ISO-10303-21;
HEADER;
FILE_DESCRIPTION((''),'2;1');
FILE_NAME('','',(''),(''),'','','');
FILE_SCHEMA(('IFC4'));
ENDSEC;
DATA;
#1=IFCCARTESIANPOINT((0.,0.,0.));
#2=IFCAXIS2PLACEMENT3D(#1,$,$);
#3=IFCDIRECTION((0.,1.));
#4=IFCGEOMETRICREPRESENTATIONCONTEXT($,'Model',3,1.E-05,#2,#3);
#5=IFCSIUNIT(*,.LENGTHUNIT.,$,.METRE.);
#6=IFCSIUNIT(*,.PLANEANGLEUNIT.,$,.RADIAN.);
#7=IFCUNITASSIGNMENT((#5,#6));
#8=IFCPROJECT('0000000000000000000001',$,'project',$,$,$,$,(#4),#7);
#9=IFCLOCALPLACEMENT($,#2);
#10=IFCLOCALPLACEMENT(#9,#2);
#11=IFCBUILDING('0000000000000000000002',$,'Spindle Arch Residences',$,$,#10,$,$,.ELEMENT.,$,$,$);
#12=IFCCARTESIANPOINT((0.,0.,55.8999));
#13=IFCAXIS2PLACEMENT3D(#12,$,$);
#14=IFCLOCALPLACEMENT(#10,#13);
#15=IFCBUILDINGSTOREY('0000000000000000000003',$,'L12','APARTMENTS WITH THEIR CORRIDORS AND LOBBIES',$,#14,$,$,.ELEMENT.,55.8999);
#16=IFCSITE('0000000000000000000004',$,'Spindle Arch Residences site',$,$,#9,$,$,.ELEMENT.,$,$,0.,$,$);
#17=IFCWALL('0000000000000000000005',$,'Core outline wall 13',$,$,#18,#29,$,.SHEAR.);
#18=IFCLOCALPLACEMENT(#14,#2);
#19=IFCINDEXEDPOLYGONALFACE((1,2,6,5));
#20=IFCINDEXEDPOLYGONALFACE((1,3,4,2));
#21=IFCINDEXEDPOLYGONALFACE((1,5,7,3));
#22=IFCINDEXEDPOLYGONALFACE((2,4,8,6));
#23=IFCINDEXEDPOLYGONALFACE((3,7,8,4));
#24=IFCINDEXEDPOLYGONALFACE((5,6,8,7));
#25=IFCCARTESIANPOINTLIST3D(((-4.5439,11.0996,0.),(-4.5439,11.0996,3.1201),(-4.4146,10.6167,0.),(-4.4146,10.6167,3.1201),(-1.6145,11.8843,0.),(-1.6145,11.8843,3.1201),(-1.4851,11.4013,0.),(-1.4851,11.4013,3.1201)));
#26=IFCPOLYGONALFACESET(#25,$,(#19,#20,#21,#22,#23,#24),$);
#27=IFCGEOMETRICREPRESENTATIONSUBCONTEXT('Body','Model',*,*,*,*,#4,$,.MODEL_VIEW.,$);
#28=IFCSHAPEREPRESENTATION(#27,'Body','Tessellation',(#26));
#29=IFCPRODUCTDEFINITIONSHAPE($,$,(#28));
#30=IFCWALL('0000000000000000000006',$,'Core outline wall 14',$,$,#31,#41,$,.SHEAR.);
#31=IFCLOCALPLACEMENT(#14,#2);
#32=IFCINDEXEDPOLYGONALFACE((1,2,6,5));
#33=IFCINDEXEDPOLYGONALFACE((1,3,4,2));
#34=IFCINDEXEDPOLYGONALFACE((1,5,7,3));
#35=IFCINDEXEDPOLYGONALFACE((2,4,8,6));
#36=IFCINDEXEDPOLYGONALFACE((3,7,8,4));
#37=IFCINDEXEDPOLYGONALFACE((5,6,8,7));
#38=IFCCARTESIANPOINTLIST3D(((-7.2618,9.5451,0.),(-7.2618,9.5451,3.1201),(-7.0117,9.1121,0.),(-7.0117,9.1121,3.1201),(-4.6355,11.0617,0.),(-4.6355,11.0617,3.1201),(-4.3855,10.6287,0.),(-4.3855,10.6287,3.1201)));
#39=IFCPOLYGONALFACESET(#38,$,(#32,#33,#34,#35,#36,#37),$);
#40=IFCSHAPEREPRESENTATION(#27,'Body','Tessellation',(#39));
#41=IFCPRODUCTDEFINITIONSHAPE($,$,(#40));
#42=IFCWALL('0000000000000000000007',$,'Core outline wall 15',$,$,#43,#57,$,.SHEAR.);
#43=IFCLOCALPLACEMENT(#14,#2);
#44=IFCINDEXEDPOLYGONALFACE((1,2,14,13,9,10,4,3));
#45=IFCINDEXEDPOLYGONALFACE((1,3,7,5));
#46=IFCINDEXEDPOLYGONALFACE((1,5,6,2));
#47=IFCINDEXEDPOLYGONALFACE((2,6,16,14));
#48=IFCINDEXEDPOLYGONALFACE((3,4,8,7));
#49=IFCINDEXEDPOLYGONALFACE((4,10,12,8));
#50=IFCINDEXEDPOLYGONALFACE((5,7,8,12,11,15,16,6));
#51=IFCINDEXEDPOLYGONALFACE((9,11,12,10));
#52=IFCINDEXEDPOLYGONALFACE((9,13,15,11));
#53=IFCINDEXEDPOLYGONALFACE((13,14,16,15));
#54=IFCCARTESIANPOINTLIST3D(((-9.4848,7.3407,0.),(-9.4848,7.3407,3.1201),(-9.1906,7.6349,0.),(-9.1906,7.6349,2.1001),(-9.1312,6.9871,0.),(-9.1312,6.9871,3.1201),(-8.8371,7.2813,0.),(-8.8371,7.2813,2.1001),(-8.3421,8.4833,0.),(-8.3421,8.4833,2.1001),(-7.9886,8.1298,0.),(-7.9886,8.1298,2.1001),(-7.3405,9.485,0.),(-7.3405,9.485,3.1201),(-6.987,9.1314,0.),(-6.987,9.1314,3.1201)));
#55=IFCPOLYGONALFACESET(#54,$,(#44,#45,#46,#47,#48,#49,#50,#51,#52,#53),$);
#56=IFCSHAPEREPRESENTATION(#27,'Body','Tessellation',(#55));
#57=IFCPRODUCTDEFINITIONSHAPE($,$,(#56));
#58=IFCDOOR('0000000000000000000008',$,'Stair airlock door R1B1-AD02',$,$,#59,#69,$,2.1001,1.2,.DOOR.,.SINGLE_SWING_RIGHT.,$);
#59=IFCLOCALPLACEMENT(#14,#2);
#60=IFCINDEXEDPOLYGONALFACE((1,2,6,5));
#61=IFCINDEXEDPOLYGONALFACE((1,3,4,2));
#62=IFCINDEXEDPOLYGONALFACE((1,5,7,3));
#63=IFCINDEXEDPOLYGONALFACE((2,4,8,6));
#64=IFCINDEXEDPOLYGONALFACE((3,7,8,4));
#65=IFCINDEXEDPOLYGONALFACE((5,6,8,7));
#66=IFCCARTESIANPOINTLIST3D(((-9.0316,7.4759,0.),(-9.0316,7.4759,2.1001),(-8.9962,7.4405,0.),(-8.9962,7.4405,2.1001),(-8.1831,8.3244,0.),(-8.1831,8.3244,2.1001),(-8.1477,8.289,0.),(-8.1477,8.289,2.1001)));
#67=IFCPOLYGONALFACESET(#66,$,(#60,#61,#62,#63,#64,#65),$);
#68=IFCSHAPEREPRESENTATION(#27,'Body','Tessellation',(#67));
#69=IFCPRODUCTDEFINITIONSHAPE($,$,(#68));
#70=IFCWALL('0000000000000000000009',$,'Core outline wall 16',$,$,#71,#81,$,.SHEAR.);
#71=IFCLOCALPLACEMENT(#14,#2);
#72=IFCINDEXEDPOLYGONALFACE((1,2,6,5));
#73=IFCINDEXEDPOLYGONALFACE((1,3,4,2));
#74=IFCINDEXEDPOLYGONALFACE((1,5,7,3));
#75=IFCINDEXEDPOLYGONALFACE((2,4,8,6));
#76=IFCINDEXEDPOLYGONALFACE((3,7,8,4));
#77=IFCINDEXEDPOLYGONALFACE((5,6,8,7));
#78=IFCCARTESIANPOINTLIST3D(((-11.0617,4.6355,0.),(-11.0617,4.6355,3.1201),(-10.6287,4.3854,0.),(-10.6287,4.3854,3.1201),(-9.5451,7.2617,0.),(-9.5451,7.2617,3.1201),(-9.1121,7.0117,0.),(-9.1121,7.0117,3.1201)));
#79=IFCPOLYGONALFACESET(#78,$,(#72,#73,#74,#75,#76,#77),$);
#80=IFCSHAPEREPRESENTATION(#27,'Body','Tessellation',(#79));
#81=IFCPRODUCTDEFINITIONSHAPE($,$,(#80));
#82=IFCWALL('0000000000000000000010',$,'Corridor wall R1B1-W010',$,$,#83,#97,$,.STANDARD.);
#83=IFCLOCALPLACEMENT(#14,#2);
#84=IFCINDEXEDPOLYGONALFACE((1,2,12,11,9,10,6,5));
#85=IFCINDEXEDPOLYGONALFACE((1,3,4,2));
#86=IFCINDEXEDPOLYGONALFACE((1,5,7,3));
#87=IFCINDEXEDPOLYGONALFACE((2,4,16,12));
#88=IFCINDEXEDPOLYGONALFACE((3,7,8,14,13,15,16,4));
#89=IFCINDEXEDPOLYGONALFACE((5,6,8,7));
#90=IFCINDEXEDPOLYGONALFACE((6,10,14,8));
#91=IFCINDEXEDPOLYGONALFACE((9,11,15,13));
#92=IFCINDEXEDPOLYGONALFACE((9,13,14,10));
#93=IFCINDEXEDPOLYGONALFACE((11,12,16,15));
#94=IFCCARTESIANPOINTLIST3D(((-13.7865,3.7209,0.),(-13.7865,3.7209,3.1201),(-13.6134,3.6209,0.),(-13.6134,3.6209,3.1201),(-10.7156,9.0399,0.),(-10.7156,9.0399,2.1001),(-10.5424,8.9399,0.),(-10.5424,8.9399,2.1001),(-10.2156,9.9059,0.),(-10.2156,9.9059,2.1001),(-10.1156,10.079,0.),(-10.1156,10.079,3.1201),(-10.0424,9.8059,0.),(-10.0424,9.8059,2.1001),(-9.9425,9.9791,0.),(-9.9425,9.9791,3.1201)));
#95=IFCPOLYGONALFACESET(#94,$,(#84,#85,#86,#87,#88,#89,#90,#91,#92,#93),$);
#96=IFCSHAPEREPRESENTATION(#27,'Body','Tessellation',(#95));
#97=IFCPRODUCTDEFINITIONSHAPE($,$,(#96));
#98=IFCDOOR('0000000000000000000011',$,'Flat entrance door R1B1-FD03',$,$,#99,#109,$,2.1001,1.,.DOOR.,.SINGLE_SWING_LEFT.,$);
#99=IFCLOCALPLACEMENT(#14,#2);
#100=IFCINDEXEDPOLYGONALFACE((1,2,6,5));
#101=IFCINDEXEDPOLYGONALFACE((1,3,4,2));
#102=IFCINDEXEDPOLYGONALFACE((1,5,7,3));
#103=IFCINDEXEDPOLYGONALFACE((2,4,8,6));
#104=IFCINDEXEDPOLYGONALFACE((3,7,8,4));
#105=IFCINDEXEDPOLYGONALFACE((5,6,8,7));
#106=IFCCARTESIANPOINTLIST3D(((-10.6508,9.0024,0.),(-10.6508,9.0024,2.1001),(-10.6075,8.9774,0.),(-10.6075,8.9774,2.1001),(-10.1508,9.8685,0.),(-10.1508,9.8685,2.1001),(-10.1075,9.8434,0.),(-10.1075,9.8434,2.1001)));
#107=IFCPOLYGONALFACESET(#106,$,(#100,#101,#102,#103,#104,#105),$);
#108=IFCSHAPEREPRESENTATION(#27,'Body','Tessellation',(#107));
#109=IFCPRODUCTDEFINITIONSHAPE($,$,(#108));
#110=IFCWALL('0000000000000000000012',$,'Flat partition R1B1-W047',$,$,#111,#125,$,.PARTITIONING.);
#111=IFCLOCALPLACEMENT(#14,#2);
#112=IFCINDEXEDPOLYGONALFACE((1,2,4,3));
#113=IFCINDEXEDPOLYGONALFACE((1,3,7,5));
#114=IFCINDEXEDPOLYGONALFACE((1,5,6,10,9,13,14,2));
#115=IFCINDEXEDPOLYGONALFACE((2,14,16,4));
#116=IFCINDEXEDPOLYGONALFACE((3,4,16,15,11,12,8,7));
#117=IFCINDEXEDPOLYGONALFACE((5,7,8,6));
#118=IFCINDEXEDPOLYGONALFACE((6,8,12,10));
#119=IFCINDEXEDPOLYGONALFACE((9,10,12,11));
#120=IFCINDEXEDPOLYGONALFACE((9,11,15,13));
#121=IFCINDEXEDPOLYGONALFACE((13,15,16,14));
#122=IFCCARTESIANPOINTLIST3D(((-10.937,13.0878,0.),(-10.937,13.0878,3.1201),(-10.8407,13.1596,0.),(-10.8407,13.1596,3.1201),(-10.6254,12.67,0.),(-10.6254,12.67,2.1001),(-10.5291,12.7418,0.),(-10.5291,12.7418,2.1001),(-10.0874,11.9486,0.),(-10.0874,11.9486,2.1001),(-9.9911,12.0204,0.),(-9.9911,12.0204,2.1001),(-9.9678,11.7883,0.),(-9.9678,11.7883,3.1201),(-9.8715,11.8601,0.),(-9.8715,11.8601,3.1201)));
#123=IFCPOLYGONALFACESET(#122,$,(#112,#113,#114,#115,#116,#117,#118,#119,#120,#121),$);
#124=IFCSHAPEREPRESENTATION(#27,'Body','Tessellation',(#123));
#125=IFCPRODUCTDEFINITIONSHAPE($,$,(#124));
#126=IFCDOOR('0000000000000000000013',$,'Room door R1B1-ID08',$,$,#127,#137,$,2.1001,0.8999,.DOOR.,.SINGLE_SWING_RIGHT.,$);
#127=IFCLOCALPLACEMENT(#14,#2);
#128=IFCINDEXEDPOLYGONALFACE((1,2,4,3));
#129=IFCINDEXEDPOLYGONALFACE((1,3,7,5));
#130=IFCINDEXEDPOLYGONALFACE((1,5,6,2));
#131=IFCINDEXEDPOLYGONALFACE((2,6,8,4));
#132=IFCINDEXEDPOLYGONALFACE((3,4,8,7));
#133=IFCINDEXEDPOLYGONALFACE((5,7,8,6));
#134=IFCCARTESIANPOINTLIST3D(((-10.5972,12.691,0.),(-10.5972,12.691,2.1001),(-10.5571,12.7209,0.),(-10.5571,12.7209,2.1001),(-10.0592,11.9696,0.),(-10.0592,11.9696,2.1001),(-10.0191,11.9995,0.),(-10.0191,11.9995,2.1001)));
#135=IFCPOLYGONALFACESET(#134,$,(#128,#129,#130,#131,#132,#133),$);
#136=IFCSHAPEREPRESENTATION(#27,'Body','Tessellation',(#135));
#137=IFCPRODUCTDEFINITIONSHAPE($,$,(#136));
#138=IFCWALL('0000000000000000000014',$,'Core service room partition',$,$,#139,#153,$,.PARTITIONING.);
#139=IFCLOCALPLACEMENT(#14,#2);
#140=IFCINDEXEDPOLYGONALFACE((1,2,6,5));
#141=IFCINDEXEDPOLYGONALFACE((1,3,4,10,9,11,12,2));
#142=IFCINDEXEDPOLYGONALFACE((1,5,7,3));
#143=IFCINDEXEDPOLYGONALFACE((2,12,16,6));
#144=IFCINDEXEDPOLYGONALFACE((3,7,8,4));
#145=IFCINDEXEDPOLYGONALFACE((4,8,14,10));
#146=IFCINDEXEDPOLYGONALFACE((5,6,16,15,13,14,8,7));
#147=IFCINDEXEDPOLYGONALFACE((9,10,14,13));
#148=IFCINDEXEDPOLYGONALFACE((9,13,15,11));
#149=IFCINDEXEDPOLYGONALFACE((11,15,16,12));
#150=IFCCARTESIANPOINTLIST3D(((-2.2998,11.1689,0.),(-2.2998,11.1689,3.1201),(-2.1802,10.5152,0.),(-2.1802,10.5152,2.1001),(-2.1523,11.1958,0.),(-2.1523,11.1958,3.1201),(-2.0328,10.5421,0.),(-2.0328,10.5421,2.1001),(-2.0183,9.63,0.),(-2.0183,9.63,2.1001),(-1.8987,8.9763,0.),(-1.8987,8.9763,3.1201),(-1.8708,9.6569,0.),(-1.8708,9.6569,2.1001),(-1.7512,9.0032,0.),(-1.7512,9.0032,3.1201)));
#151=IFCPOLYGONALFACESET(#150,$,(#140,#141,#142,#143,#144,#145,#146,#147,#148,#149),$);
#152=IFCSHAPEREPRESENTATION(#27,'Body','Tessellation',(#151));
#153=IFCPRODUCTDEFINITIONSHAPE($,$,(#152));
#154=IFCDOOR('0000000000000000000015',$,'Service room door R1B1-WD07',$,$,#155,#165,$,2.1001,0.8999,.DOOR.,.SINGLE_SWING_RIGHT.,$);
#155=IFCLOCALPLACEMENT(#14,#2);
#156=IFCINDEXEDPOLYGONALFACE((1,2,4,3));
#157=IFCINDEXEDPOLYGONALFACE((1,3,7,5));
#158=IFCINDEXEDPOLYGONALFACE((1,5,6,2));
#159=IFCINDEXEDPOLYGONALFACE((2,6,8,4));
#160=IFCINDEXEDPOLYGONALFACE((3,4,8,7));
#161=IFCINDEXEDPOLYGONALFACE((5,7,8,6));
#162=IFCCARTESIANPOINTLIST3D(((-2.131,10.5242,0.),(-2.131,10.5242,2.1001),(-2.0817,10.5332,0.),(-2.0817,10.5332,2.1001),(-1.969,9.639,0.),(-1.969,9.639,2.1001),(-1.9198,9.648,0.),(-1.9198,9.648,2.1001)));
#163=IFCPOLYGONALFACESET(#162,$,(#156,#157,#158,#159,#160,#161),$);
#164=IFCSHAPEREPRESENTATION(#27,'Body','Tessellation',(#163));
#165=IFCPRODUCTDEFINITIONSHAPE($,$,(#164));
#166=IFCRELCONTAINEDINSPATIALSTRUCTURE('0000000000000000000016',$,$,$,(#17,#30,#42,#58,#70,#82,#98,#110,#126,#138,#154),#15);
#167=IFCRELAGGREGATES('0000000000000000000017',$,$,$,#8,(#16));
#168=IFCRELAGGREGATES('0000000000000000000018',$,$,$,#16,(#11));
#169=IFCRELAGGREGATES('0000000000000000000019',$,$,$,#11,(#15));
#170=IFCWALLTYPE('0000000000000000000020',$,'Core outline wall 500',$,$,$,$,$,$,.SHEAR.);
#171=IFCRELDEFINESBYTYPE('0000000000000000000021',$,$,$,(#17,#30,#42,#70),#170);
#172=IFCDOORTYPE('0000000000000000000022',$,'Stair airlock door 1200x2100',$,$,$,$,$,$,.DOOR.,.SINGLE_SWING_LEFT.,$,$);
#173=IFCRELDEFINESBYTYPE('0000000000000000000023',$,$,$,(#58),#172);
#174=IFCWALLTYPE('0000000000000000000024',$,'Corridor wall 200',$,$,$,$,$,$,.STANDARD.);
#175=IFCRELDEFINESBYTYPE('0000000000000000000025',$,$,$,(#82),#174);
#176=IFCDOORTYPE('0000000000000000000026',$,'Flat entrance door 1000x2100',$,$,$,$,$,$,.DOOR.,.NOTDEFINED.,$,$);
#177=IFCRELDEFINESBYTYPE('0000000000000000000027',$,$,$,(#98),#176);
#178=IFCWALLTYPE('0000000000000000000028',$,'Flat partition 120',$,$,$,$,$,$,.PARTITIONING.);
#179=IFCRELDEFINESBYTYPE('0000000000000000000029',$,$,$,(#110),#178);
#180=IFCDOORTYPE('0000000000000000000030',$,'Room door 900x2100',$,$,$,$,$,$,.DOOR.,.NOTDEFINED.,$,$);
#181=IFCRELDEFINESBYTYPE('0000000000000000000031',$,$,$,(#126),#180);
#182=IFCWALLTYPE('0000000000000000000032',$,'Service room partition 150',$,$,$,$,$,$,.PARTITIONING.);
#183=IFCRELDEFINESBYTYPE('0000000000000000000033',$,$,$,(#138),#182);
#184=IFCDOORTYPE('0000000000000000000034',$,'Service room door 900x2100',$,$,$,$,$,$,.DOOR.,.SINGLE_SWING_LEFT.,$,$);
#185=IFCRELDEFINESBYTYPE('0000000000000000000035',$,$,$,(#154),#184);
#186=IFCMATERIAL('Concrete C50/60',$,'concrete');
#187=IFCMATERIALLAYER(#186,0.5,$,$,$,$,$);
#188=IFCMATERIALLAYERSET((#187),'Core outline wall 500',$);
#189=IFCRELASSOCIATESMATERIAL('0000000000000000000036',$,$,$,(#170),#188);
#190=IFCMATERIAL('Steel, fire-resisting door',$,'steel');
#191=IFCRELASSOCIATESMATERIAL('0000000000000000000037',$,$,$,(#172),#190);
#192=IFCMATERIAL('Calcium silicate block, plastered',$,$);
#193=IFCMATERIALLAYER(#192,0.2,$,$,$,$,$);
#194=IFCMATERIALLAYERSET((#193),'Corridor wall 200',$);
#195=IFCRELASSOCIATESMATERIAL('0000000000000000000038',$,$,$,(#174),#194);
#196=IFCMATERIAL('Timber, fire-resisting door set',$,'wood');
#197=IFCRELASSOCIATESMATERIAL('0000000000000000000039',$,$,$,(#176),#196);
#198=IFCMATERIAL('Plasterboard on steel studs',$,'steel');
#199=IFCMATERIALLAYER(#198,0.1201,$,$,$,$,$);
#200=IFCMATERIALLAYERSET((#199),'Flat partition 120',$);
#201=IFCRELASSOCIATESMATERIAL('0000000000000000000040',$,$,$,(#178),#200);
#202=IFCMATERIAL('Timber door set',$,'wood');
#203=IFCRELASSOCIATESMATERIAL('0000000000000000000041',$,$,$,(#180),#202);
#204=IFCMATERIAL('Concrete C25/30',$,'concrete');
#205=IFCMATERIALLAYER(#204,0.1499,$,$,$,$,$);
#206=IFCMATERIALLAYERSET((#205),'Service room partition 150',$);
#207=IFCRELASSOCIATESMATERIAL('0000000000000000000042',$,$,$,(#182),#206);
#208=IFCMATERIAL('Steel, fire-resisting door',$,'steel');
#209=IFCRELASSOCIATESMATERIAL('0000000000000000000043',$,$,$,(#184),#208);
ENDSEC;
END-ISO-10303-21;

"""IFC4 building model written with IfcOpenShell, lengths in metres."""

from ifc_helpers import new_model, si_unit, direction, frame, frame_2d, origin, place, context, subcontext, project, spatial, rectangle, extrude, material, layer, layer_set, type_object, element, fill, save


model = new_model("IFC4")

# Units and contexts
model_context = context("Model", 3, precision=1e-05, world=origin(), true_north=direction((0.0, 1.0)))
body_context = subcontext(model_context, "Body", "Model", "MODEL_VIEW")
ifc_project = project(units=[si_unit("LENGTHUNIT", "METRE"), si_unit("PLANEANGLEUNIT", "RADIAN")], contexts=[model_context])

# Site, building, storey
site_placement = place(None, origin())
site = spatial("IfcSite", under=ifc_project, at=site_placement, Name="Spindle Arch Residences site", CompositionType="ELEMENT", RefElevation=0.0)
building_placement = place(site_placement, origin())
building = spatial("IfcBuilding", under=site, at=building_placement, Name="Spindle Arch Residences", CompositionType="ELEMENT")
storey_placement = place(building_placement, frame((0.0, 0.0, 55.8999)))
storey = spatial("IfcBuildingStorey", under=building, at=storey_placement, Name="L12", Description="APARTMENTS WITH THEIR CORRIDORS AND LOBBIES", CompositionType="ELEMENT", Elevation=55.8999)

# Walls
ifc_material_1 = material(Name="Concrete C50/60", Category="concrete")
ifc_layer_1 = layer(ifc_material_1, 0.5)
ifc_layer_set_1 = layer_set([ifc_layer_1], Name="Core outline wall 500")
wall_type_1 = type_object("IfcWallType", Name="Core outline wall 500", PredefinedType="SHEAR", material=ifc_layer_set_1)
for number, where, z_axis, x_axis, name in (
    (1, (-1.5498, 11.6428, 0.0), (0.0, 0.0, 1.0), (-0.965948, -0.258735, 0.0), "Core outline wall 13"),
    (2, (-4.5105, 10.8452, 0.0), (0.0, 0.0, 1.0), (-0.865975, -0.500087, 0.0), "Core outline wall 14"),
):
    element("IfcWall", number, at=place(storey_placement, frame(where, z_axis=z_axis, x_axis=x_axis)), inside=storey, type_object=wall_type_1, Name=name, PredefinedType="SHEAR", context=body_context, shape_type="SweptSolid", body=[
        extrude(rectangle(XDim=3.0327, YDim=0.5, at=frame_2d((1.5164, 0.0))), origin(), (0.0, 0.0, 1.0), 3.1201),
    ])

# Wall, opening, door
wall_1_placement = place(storey_placement, frame((-7.1638, 9.3081, 0.0), z_axis=(0.0, 0.0, 1.0), x_axis=(-0.707107, -0.707107, 0.0)))
wall_1 = element("IfcWall", 3, at=wall_1_placement, inside=storey, type_object=wall_type_1, Name="Core outline wall 15", PredefinedType="SHEAR", context=body_context, shape_type="SweptSolid", body=[
    extrude(rectangle(XDim=3.0325, YDim=0.5, at=frame_2d((1.5161, 0.0))), origin(), (0.0, 0.0, 1.0), 3.1201),
])
opening_1_placement = place(wall_1_placement, frame((1.4163, 0.0, 0.0)))
opening_1 = element("IfcOpeningElement", 4, at=opening_1_placement, cuts=wall_1, PredefinedType="OPENING", context=body_context, shape_type="SweptSolid", body=[
    extrude(rectangle(XDim=1.2, YDim=2.1001, at=frame_2d((0.6001, 1.05))), frame((0.0, 0.26, 0.0), z_axis=(0.0, -1.0, 0.0), x_axis=(1.0, 0.0, 0.0)), (0.0, 0.0, 1.0), 0.52),
])
ifc_material_2 = material(Name="Steel, fire-resisting door", Category="steel")
door_type_1 = type_object("IfcDoorType", Name="Stair airlock door 1200x2100", OperationType="SINGLE_SWING_LEFT", PredefinedType="DOOR", material=ifc_material_2)
door_1_placement = place(opening_1_placement, origin())
door_1 = element("IfcDoor", 5, at=door_1_placement, inside=storey, type_object=door_type_1, Name="Stair airlock door R1B1-AD02", OperationType="SINGLE_SWING_RIGHT", OverallHeight=2.1001, OverallWidth=1.2, PredefinedType="DOOR", context=body_context, shape_type="SweptSolid", body=[
    extrude(rectangle(XDim=1.2, YDim=2.1001, at=frame_2d((0.6001, 1.05))), frame((0.0, 0.0249, 0.0), z_axis=(0.0, -1.0, 0.0), x_axis=(1.0, 0.0, 0.0)), (0.0, 0.0, 1.0), 0.05),
])
fill(opening_1, door_1)

# Wall
wall_2_placement = place(storey_placement, frame((-9.3286, 7.1367, 0.0), z_axis=(0.0, 0.0, 1.0), x_axis=(-0.500087, -0.865975, 0.0)))
element("IfcWall", 6, at=wall_2_placement, inside=storey, type_object=wall_type_1, Name="Core outline wall 16", PredefinedType="SHEAR", context=body_context, shape_type="SweptSolid", body=[
    extrude(rectangle(XDim=3.0327, YDim=0.5, at=frame_2d((1.5164, 0.0))), origin(), (0.0, 0.0, 1.0), 3.1201),
])

# Walls, openings, doors
ifc_material_3 = material(Name="Calcium silicate block, plastered")
ifc_layer_2 = layer(ifc_material_3, 0.2)
ifc_layer_set_2 = layer_set([ifc_layer_2], Name="Corridor wall 200")
wall_type_2 = type_object("IfcWallType", Name="Corridor wall 200", PredefinedType="STANDARD", material=ifc_layer_set_2)
wall_3_placement = place(storey_placement, frame((-10.0291, 10.0291, 0.0), z_axis=(0.0, 0.0, 1.0), x_axis=(-0.500002, -0.866024, 0.0)))
wall_3 = element("IfcWall", 7, at=wall_3_placement, inside=storey, type_object=wall_type_2, Name="Corridor wall R1B1-W010", PredefinedType="STANDARD", context=body_context, shape_type="SweptSolid", body=[
    extrude(rectangle(XDim=7.3418, YDim=0.2, at=frame_2d((3.6709, 0.0))), origin(), (0.0, 0.0, 1.0), 3.1201),
])
opening_2_placement = place(wall_3_placement, frame((0.2, 0.0, 0.0)))
opening_2 = element("IfcOpeningElement", 8, at=opening_2_placement, cuts=wall_3, PredefinedType="OPENING", context=body_context, shape_type="SweptSolid", body=[
    extrude(rectangle(XDim=1.0, YDim=2.1001, at=frame_2d((0.5, 1.05))), frame((0.0, 0.1099, 0.0), z_axis=(0.0, -1.0, 0.0), x_axis=(1.0, 0.0, 0.0)), (0.0, 0.0, 1.0), 0.22),
])
ifc_material_4 = material(Name="Timber, fire-resisting door set", Category="wood")
door_type_2 = type_object("IfcDoorType", Name="Flat entrance door 1000x2100", OperationType="NOTDEFINED", PredefinedType="DOOR", material=ifc_material_4)
door_2_placement = place(opening_2_placement, origin())
door_2 = element("IfcDoor", 9, at=door_2_placement, inside=storey, type_object=door_type_2, Name="Flat entrance door R1B1-FD03", OperationType="SINGLE_SWING_LEFT", OverallHeight=2.1001, OverallWidth=1.0, PredefinedType="DOOR", context=body_context, shape_type="SweptSolid", body=[
    extrude(rectangle(XDim=1.0, YDim=2.1001, at=frame_2d((0.5, 1.05))), frame((0.0, 0.0249, 0.0), z_axis=(0.0, -1.0, 0.0), x_axis=(1.0, 0.0, 0.0)), (0.0, 0.0, 1.0), 0.05),
])
fill(opening_2, door_2)
ifc_material_5 = material(Name="Plasterboard on steel studs", Category="steel")
ifc_layer_3 = layer(ifc_material_5, 0.1201)
ifc_layer_set_3 = layer_set([ifc_layer_3], Name="Flat partition 120")
wall_type_3 = type_object("IfcWallType", Name="Flat partition 120", PredefinedType="PARTITIONING", material=ifc_layer_set_3)
wall_4_placement = place(storey_placement, frame((-9.9197, 11.8242, 0.0), z_axis=(0.0, 0.0, 1.0), x_axis=(-0.597853, 0.801605, 0.0)))
wall_4 = element("IfcWall", 10, at=wall_4_placement, inside=storey, type_object=wall_type_3, Name="Flat partition R1B1-W047", PredefinedType="PARTITIONING", context=body_context, shape_type="SweptSolid", body=[
    extrude(rectangle(XDim=1.6211, YDim=0.1201, at=frame_2d((0.8105, 0.0))), origin(), (0.0, 0.0, 1.0), 3.1201),
])
opening_3_placement = place(wall_4_placement, frame((0.2, 0.0, 0.0)))
opening_3 = element("IfcOpeningElement", 11, at=opening_3_placement, cuts=wall_4, PredefinedType="OPENING", context=body_context, shape_type="SweptSolid", body=[
    extrude(rectangle(XDim=0.8999, YDim=2.1001, at=frame_2d((0.45, 1.05))), frame((0.0, 0.0701, 0.0), z_axis=(0.0, -1.0, 0.0), x_axis=(1.0, 0.0, 0.0)), (0.0, 0.0, 1.0), 0.1401),
])
ifc_material_6 = material(Name="Timber door set", Category="wood")
door_type_3 = type_object("IfcDoorType", Name="Room door 900x2100", OperationType="NOTDEFINED", PredefinedType="DOOR", material=ifc_material_6)
door_3_placement = place(opening_3_placement, origin())
door_3 = element("IfcDoor", 12, at=door_3_placement, inside=storey, type_object=door_type_3, Name="Room door R1B1-ID08", OperationType="SINGLE_SWING_RIGHT", OverallHeight=2.1001, OverallWidth=0.8999, PredefinedType="DOOR", context=body_context, shape_type="SweptSolid", body=[
    extrude(rectangle(XDim=0.8999, YDim=2.1001, at=frame_2d((0.45, 1.05))), frame((0.0, 0.0249, 0.0), z_axis=(0.0, -1.0, 0.0), x_axis=(1.0, 0.0, 0.0)), (0.0, 0.0, 1.0), 0.05),
])
fill(opening_3, door_3)
ifc_material_7 = material(Name="Concrete C25/30", Category="concrete")
ifc_layer_4 = layer(ifc_material_7, 0.1499)
ifc_layer_set_4 = layer_set([ifc_layer_4], Name="Service room partition 150")
wall_type_4 = type_object("IfcWallType", Name="Service room partition 150", PredefinedType="PARTITIONING", material=ifc_layer_set_4)
wall_5_placement = place(storey_placement, frame((-1.825, 8.9897, 0.0), z_axis=(0.0, 0.0, 1.0), x_axis=(-0.179955, 0.983675, 0.0)))
wall_5 = element("IfcWall", 13, at=wall_5_placement, inside=storey, type_object=wall_type_4, Name="Core service room partition", PredefinedType="PARTITIONING", context=body_context, shape_type="SweptSolid", body=[
    extrude(rectangle(XDim=2.229, YDim=0.1499, at=frame_2d((1.1145, 0.0))), origin(), (0.0, 0.0, 1.0), 3.1201),
])
opening_4_placement = place(wall_5_placement, frame((0.6646, 0.0, 0.0)))
opening_4 = element("IfcOpeningElement", 14, at=opening_4_placement, cuts=wall_5, PredefinedType="OPENING", context=body_context, shape_type="SweptSolid", body=[
    extrude(rectangle(XDim=0.8999, YDim=2.1001, at=frame_2d((0.45, 1.05))), frame((0.0, 0.085, 0.0), z_axis=(0.0, -1.0, 0.0), x_axis=(1.0, 0.0, 0.0)), (0.0, 0.0, 1.0), 0.1699),
])
ifc_material_8 = material(Name="Steel, fire-resisting door", Category="steel")
door_type_4 = type_object("IfcDoorType", Name="Service room door 900x2100", OperationType="SINGLE_SWING_LEFT", PredefinedType="DOOR", material=ifc_material_8)
door_4_placement = place(opening_4_placement, origin())
door_4 = element("IfcDoor", 15, at=door_4_placement, inside=storey, type_object=door_type_4, Name="Service room door R1B1-WD07", OperationType="SINGLE_SWING_RIGHT", OverallHeight=2.1001, OverallWidth=0.8999, PredefinedType="DOOR", context=body_context, shape_type="SweptSolid", body=[
    extrude(rectangle(XDim=0.8999, YDim=2.1001, at=frame_2d((0.45, 1.05))), frame((0.0, 0.0249, 0.0), z_axis=(0.0, -1.0, 0.0), x_axis=(1.0, 0.0, 0.0)), (0.0, 0.0, 1.0), 0.05),
])
fill(opening_4, door_4)

save(model, "model.ifc")
